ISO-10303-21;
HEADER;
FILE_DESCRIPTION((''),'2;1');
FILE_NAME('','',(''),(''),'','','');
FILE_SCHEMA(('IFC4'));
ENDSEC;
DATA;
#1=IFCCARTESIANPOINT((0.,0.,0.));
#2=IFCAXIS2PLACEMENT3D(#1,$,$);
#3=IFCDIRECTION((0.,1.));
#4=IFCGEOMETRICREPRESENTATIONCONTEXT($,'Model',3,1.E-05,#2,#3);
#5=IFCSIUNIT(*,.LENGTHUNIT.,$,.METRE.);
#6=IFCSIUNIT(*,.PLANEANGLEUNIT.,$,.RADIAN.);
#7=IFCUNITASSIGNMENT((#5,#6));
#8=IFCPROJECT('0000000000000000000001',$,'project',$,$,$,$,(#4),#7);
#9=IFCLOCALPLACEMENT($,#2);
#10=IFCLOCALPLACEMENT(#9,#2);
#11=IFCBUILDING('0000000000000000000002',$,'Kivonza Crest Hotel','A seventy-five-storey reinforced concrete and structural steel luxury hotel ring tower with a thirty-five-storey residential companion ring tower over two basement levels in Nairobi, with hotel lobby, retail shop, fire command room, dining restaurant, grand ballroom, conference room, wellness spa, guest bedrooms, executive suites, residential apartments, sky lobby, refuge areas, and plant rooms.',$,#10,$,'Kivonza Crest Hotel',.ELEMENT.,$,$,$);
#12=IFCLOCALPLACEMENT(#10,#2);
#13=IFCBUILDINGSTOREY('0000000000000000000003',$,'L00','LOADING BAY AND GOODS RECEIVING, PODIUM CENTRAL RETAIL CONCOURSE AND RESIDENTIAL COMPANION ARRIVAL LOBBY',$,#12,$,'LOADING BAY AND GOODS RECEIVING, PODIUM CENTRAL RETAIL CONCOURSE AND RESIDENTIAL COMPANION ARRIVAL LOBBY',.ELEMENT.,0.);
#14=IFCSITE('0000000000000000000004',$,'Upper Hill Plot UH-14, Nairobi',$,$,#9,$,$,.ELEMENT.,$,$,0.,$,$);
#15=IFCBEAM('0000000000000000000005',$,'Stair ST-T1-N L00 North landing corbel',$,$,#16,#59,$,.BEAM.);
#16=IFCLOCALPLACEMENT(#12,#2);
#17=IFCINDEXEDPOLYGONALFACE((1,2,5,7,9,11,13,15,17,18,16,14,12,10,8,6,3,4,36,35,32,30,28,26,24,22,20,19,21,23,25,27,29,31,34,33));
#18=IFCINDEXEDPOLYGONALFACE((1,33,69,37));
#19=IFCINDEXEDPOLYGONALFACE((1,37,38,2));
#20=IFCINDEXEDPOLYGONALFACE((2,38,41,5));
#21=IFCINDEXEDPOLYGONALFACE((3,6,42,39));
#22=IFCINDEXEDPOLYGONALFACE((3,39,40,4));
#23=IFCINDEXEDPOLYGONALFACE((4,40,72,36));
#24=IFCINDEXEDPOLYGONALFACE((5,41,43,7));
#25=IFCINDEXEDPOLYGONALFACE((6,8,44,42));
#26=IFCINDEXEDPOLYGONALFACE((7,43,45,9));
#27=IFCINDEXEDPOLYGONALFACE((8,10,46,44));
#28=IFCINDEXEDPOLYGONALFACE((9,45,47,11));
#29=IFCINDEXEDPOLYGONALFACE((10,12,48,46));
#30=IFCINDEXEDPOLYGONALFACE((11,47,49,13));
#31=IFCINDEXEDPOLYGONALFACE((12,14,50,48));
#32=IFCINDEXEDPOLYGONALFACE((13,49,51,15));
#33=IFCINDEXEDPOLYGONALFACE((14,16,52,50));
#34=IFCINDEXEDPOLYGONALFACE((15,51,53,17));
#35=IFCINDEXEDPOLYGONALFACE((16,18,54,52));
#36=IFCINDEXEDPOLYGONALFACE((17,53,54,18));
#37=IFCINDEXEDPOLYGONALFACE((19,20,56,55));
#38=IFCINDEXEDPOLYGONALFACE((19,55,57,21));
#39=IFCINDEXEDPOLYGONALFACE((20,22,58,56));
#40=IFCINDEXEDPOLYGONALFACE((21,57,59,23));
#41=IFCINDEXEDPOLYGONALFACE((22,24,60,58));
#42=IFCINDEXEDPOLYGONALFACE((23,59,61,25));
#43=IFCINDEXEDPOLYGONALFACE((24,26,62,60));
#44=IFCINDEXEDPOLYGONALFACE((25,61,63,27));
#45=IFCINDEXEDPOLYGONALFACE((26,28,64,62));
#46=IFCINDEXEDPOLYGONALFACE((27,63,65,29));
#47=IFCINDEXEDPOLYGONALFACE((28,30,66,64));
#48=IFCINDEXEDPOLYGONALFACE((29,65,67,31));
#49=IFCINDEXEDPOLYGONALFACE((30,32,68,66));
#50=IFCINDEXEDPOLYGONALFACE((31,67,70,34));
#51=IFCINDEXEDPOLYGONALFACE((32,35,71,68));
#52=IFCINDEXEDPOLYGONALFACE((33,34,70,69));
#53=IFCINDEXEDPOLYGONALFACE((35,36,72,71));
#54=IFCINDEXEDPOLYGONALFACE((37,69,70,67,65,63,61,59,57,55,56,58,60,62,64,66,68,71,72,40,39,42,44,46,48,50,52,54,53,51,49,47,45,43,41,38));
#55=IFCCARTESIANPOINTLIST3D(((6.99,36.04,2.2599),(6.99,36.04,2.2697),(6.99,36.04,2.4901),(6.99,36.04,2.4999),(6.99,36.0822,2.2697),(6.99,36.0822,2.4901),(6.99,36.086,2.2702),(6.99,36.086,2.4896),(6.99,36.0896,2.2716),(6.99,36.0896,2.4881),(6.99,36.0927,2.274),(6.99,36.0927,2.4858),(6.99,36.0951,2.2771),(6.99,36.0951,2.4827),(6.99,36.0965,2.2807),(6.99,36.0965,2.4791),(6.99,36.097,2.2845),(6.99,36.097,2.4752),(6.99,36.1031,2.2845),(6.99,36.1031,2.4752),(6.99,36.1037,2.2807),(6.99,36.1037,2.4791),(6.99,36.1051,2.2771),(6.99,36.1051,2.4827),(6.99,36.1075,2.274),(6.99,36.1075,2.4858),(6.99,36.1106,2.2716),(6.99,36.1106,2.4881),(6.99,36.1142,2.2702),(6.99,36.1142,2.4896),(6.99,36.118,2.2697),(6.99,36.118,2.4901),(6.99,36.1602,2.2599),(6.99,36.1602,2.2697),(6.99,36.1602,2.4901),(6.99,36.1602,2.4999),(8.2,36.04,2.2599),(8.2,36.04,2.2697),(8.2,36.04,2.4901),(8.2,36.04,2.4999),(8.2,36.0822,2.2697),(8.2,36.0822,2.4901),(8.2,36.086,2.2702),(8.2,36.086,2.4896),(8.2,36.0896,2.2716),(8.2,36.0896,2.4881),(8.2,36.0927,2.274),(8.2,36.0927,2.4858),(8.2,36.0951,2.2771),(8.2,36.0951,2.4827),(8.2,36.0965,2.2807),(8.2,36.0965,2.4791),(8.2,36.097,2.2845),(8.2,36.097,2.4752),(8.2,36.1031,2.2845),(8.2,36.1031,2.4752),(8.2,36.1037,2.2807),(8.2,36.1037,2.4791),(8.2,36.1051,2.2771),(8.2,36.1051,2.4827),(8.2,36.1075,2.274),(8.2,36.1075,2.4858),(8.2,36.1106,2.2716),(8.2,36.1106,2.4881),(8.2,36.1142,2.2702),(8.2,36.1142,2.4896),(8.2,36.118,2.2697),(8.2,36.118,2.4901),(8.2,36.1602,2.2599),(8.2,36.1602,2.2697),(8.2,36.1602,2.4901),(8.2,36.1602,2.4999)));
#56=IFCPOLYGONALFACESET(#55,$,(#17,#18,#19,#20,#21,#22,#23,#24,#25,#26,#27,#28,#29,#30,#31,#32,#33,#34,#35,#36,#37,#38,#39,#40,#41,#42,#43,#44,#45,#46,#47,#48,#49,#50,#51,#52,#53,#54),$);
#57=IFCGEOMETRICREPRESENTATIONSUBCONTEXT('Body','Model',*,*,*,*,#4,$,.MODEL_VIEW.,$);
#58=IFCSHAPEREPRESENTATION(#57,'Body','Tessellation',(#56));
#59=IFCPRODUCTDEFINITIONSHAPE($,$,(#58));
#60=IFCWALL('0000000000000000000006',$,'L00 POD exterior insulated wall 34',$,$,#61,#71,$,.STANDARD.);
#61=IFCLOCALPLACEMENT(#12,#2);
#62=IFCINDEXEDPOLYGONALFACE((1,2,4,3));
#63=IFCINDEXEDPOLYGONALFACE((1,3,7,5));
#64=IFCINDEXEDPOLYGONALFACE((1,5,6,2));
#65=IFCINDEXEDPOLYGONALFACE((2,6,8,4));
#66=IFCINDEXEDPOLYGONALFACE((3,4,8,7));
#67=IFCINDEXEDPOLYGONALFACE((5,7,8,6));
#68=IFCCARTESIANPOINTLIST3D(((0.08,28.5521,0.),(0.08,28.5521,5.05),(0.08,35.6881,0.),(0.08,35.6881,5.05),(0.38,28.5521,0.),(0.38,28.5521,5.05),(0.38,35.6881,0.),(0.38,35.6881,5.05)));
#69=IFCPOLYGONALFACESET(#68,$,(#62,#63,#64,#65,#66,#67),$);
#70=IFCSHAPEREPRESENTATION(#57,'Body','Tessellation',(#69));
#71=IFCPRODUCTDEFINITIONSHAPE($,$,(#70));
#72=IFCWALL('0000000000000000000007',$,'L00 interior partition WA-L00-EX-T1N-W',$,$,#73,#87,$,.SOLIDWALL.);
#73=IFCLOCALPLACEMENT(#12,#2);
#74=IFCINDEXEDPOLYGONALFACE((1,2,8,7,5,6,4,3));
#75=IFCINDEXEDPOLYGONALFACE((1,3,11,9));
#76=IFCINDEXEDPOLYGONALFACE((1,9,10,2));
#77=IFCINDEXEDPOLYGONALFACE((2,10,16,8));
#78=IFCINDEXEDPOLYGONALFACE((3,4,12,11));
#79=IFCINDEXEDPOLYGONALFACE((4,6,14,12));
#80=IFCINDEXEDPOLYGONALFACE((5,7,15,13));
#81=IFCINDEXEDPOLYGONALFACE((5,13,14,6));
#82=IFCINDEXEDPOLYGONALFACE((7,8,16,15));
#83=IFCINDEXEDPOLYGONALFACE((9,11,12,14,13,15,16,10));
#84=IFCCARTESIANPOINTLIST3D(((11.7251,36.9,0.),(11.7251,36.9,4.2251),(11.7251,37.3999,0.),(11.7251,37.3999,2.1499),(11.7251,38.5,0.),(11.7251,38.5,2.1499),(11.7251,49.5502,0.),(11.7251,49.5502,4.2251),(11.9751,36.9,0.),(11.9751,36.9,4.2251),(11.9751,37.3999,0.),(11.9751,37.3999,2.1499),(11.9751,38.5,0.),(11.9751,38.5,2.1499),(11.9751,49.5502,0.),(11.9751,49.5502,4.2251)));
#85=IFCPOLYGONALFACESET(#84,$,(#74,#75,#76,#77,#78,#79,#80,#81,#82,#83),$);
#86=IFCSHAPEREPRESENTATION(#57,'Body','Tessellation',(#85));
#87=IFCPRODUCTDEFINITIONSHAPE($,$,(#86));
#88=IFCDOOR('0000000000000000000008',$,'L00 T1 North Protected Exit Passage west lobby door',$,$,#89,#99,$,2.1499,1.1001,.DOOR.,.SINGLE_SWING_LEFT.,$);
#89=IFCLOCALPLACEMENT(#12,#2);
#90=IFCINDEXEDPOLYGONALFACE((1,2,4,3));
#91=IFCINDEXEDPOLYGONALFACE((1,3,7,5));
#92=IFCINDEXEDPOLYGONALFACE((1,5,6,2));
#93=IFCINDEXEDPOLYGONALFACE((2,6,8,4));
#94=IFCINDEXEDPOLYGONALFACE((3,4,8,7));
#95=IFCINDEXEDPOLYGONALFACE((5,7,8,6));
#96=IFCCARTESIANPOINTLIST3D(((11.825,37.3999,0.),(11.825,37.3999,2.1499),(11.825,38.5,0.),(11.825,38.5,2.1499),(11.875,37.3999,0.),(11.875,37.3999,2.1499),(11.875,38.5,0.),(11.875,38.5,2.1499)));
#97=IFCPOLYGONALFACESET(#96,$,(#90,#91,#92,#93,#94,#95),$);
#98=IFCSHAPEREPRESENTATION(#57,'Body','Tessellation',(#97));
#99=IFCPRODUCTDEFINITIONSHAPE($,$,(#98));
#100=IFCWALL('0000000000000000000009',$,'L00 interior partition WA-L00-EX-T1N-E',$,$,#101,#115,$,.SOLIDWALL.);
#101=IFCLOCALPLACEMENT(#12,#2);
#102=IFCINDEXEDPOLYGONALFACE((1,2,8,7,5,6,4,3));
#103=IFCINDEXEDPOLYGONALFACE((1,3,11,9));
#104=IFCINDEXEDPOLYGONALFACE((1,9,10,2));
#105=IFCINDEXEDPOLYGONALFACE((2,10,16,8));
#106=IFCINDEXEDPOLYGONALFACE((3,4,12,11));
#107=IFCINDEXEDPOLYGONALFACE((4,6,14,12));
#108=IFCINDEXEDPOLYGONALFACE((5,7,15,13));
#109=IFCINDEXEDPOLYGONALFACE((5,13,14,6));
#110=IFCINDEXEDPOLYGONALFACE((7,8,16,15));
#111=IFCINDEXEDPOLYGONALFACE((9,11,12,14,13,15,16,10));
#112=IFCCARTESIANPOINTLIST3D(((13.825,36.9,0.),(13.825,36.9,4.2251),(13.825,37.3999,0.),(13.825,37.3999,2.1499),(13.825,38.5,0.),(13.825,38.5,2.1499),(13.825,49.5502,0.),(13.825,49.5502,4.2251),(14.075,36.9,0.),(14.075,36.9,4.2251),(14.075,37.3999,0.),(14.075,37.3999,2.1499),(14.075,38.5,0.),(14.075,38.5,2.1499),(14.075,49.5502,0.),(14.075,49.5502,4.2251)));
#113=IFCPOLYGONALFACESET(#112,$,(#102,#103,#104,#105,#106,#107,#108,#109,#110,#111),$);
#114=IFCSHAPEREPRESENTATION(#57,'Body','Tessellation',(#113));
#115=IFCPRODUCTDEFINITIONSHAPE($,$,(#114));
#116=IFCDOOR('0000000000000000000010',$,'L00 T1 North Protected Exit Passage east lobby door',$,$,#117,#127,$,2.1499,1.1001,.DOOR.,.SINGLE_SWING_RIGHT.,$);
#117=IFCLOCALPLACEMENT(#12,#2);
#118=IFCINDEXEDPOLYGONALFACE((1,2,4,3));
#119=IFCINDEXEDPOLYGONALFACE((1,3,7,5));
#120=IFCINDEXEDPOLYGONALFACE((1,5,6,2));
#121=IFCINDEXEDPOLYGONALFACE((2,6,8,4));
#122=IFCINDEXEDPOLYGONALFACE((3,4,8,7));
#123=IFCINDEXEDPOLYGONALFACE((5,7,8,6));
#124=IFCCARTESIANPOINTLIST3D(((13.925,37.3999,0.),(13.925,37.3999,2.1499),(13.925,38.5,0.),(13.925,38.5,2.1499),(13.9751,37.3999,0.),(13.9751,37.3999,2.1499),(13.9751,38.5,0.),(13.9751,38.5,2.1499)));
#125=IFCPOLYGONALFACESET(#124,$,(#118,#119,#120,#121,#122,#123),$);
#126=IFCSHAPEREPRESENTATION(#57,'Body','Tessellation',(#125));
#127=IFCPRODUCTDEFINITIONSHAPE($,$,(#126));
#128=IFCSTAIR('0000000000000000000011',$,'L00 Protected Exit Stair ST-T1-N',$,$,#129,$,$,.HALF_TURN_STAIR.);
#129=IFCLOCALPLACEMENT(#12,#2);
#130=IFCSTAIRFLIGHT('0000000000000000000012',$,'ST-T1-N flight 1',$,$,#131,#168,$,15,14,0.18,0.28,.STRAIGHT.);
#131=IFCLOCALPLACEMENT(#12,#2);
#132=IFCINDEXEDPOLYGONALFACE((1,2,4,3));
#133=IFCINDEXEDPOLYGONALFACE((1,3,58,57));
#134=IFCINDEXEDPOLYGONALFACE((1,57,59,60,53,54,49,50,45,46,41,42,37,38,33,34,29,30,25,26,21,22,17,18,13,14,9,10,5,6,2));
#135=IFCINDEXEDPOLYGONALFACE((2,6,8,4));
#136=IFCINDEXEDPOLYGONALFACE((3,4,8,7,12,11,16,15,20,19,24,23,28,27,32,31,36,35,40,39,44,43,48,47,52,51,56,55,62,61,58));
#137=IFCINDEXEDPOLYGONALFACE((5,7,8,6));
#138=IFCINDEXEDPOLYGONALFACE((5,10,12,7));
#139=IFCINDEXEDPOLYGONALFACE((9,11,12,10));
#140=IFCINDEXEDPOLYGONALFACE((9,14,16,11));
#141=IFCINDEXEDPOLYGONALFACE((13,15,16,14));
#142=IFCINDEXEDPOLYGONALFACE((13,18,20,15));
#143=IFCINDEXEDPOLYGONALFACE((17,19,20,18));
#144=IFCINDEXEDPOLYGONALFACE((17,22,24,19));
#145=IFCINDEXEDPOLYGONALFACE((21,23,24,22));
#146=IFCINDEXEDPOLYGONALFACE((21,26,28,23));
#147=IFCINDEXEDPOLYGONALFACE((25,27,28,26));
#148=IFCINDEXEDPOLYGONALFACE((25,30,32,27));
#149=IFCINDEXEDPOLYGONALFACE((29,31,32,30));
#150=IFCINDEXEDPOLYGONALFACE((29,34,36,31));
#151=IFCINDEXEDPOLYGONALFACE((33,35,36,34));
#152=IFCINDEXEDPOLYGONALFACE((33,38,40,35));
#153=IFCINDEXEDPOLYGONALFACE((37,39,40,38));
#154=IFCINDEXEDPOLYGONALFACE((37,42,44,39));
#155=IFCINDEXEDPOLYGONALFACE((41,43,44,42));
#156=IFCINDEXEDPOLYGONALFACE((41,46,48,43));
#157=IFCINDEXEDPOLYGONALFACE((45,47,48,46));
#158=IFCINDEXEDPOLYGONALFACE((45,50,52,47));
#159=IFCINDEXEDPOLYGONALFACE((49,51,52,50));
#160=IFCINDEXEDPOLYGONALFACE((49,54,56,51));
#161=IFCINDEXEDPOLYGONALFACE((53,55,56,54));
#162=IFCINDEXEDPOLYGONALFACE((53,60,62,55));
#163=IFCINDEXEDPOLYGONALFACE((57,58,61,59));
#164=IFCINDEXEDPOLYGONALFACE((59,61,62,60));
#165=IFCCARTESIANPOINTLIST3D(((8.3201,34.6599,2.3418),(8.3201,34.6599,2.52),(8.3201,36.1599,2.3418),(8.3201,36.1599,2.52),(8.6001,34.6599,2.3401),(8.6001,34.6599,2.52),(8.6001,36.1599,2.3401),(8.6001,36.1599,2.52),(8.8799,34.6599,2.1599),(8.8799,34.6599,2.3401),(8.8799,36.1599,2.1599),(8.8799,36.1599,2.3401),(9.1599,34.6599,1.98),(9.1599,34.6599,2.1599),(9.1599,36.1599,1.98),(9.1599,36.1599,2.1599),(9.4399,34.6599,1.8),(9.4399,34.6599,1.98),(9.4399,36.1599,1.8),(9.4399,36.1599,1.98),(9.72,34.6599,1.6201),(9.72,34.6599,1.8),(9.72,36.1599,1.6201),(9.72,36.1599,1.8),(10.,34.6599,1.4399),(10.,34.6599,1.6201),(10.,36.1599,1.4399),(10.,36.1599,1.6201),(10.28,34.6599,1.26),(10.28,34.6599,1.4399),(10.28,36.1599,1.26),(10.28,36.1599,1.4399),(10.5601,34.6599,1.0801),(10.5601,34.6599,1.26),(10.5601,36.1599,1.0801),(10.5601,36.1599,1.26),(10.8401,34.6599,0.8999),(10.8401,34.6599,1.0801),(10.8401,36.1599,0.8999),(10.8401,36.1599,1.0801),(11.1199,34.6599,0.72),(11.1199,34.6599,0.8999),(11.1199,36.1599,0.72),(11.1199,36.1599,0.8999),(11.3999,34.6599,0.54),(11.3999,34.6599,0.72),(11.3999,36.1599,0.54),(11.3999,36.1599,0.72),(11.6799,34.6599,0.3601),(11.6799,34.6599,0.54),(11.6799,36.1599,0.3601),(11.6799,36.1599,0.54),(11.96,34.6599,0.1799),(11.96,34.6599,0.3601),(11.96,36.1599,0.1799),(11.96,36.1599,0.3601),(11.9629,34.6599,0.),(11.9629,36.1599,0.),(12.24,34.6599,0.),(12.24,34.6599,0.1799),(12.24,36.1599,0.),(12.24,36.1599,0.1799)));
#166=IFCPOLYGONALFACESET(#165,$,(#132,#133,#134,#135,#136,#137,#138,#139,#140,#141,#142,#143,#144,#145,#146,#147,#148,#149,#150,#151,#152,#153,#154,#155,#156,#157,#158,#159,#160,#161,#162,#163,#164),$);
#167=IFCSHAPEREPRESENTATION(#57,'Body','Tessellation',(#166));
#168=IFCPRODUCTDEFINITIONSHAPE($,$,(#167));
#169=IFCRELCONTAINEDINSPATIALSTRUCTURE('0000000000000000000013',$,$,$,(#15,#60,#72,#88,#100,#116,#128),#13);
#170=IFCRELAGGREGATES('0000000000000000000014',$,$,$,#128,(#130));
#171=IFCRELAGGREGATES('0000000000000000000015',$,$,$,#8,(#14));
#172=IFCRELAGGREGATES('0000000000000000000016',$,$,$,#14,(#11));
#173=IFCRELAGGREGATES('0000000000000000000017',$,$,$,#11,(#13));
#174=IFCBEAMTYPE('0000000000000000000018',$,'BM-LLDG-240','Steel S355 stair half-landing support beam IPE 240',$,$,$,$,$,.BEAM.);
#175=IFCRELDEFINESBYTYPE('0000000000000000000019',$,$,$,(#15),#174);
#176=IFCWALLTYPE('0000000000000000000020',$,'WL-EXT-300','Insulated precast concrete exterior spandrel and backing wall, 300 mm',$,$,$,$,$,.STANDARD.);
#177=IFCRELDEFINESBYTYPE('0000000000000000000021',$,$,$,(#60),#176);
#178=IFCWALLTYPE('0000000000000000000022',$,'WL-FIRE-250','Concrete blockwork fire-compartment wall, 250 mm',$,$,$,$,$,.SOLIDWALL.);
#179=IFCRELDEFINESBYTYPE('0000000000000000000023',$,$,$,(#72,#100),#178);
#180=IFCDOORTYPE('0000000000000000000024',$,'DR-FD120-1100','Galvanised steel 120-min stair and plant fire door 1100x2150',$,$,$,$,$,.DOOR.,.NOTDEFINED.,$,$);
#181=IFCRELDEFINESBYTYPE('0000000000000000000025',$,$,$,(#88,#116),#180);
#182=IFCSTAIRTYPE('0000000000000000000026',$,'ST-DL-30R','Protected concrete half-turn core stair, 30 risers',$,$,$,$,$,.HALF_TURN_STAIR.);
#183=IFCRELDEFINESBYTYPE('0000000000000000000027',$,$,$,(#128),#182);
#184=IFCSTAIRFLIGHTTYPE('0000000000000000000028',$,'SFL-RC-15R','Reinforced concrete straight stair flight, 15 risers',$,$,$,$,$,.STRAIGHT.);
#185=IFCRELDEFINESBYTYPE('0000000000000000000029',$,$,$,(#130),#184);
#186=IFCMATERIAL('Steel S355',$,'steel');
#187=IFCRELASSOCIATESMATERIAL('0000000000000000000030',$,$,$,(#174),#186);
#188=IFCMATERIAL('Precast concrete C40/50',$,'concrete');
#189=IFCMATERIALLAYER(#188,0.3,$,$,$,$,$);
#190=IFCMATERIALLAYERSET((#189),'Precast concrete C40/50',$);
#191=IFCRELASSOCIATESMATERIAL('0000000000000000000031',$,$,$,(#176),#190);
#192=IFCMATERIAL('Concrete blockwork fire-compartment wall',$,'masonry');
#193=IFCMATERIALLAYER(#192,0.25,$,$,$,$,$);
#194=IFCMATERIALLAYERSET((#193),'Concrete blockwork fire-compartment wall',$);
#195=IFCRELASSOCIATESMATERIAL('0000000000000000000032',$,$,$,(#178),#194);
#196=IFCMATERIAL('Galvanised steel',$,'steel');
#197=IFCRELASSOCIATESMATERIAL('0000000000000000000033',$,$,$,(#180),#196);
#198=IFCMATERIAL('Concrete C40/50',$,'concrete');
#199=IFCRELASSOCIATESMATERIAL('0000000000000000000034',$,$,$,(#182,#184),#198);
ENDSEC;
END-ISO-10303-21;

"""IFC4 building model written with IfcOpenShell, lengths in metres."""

from ifc_helpers import new_model, si_unit, direction, frame, frame_2d, origin, origin_2d, place, context, subcontext, project, spatial, polyline, rectangle, i_section, outline, extrude, material, layer, layer_set, material_profile, profile_set, type_object, element, fill, aggregate, save


model = new_model("IFC4")

# Units and contexts
model_context = context("Model", 3, precision=1e-05, world=origin(), true_north=direction((0.0, 1.0)))
body_context = subcontext(model_context, "Body", "Model", "MODEL_VIEW")
ifc_project = project(units=[si_unit("LENGTHUNIT", "METRE"), si_unit("PLANEANGLEUNIT", "RADIAN")], contexts=[model_context])

# Site, building, storey
site_placement = place(None, origin())
site = spatial("IfcSite", under=ifc_project, at=site_placement, Name="Upper Hill Plot UH-14, Nairobi", CompositionType="ELEMENT", RefElevation=0.0)
building_placement = place(site_placement, origin())
building = spatial("IfcBuilding", under=site, at=building_placement, Name="Kivonza Crest Hotel", Description="A seventy-five-storey reinforced concrete and structural steel luxury hotel ring tower with a thirty-five-storey residential companion ring tower over two basement levels in Nairobi, with hotel lobby, retail shop, fire command room, dining restaurant, grand ballroom, conference room, wellness spa, guest bedrooms, executive suites, residential apartments, sky lobby, refuge areas, and plant rooms.", LongName="Kivonza Crest Hotel", CompositionType="ELEMENT")
storey_placement = place(building_placement, origin())
storey = spatial("IfcBuildingStorey", under=building, at=storey_placement, Name="L00", Description="LOADING BAY AND GOODS RECEIVING, PODIUM CENTRAL RETAIL CONCOURSE AND RESIDENTIAL COMPANION ARRIVAL LOBBY", LongName="LOADING BAY AND GOODS RECEIVING, PODIUM CENTRAL RETAIL CONCOURSE AND RESIDENTIAL COMPANION ARRIVAL LOBBY", CompositionType="ELEMENT", Elevation=0.0)

# Beam
ifc_material_1 = material(Name="Steel S355", Category="steel")
ifc_material_profile_1 = material_profile(ifc_material_1, i_section(OverallWidth=0.1201, OverallDepth=0.24, WebThickness=0.0061, FlangeThickness=0.0098, FilletRadius=0.0149, at=origin_2d()), Name="IPE 240")
ifc_profile_set_1 = profile_set([ifc_material_profile_1], Name="Steel S355")
beam_type_1 = type_object("IfcBeamType", Name="BM-LLDG-240", Description="Steel S355 stair half-landing support beam IPE 240", PredefinedType="BEAM", material=ifc_profile_set_1)
for number, where, z_axis, x_axis, name in (
    (1, (6.99, 36.1001, 2.3799), (1.0, 0.0, 0.0), (0.0, 1.0, 0.0), "Stair ST-T1-N L00 North landing corbel"),
):
    element("IfcBeam", number, at=place(storey_placement, frame(where, z_axis=z_axis, x_axis=x_axis)), inside=storey, type_object=beam_type_1, Name=name, PredefinedType="BEAM", context=body_context, shape_type="SweptSolid", body=[
        extrude(i_section(OverallWidth=0.1201, OverallDepth=0.24, WebThickness=0.0061, FlangeThickness=0.0098, FilletRadius=0.0149, at=origin_2d()), origin(), (0.0, 0.0, 1.0), 1.21),
    ])

# Shared definitions
ifc_material_2 = material(Name="Galvanised steel", Category="steel")

# Wall
ifc_material_3 = material(Name="Precast concrete C40/50", Category="concrete")
ifc_layer_1 = layer(ifc_material_3, 0.3)
ifc_layer_set_1 = layer_set([ifc_layer_1], Name="Precast concrete C40/50")
wall_type_1 = type_object("IfcWallType", Name="WL-EXT-300", Description="Insulated precast concrete exterior spandrel and backing wall, 300 mm", PredefinedType="STANDARD", material=ifc_layer_set_1)
wall_1_placement = place(storey_placement, frame((0.23, 35.688, 0.0), z_axis=(0.0, 0.0, 1.0), x_axis=(0.0, -1.0, 0.0)))
element("IfcWall", 2, at=wall_1_placement, inside=storey, type_object=wall_type_1, Name="L00 POD exterior insulated wall 34", PredefinedType="STANDARD", context=body_context, shape_type="SweptSolid", body=[
    extrude(rectangle(XDim=7.136, YDim=0.3, at=frame_2d((3.5679, 0.0))), origin(), (0.0, 0.0, 1.0), 5.05),
])

# Walls, openings, doors
ifc_material_4 = material(Name="Concrete blockwork fire-compartment wall", Category="masonry")
ifc_layer_2 = layer(ifc_material_4, 0.25)
ifc_layer_set_2 = layer_set([ifc_layer_2], Name="Concrete blockwork fire-compartment wall")
wall_type_2 = type_object("IfcWallType", Name="WL-FIRE-250", Description="Concrete blockwork fire-compartment wall, 250 mm", PredefinedType="SOLIDWALL", material=ifc_layer_set_2)
wall_2_placement = place(storey_placement, frame((11.8501, 36.8999, 0.0), z_axis=(0.0, 0.0, 1.0), x_axis=(0.0, 1.0, 0.0)))
wall_2 = element("IfcWall", 3, at=wall_2_placement, inside=storey, type_object=wall_type_2, Name="L00 interior partition WA-L00-EX-T1N-W", PredefinedType="SOLIDWALL", context=body_context, shape_type="SweptSolid", body=[
    extrude(rectangle(XDim=12.6501, YDim=0.25, at=frame_2d((6.3252, 0.0))), origin(), (0.0, 0.0, 1.0), 4.2251),
])
opening_1_placement = place(wall_2_placement, frame((0.5, 0.0, 0.0)))
opening_1 = element("IfcOpeningElement", 4, at=opening_1_placement, cuts=wall_2, PredefinedType="OPENING", context=body_context, shape_type="SweptSolid", body=[
    extrude(rectangle(XDim=1.1001, YDim=2.1499, at=frame_2d((0.55, 1.075))), frame((0.0, 0.135, 0.0), z_axis=(0.0, -1.0, 0.0), x_axis=(1.0, 0.0, 0.0)), (0.0, 0.0, 1.0), 0.27),
])
door_type_1 = type_object("IfcDoorType", Name="DR-FD120-1100", Description="Galvanised steel 120-min stair and plant fire door 1100x2150", OperationType="NOTDEFINED", PredefinedType="DOOR", material=ifc_material_2)
door_1_placement = place(opening_1_placement, frame((1.1001, 0.0, 0.0), z_axis=(0.0, 0.0, 1.0), x_axis=(-1.0, 0.0, 0.0)))
door_1 = element("IfcDoor", 5, at=door_1_placement, inside=storey, type_object=door_type_1, Name="L00 T1 North Protected Exit Passage west lobby door", OperationType="SINGLE_SWING_LEFT", OverallHeight=2.1499, OverallWidth=1.1001, PredefinedType="DOOR", context=body_context, shape_type="SweptSolid", body=[
    extrude(rectangle(XDim=1.1001, YDim=2.1499, at=frame_2d((0.55, 1.075))), frame((0.0, 0.0249, 0.0), z_axis=(0.0, -1.0, 0.0), x_axis=(1.0, 0.0, 0.0)), (0.0, 0.0, 1.0), 0.05),
])
fill(opening_1, door_1)
wall_3_placement = place(storey_placement, frame((13.95, 36.8999, 0.0), z_axis=(0.0, 0.0, 1.0), x_axis=(0.0, 1.0, 0.0)))
wall_3 = element("IfcWall", 6, at=wall_3_placement, inside=storey, type_object=wall_type_2, Name="L00 interior partition WA-L00-EX-T1N-E", PredefinedType="SOLIDWALL", context=body_context, shape_type="SweptSolid", body=[
    extrude(rectangle(XDim=12.6501, YDim=0.25, at=frame_2d((6.3252, 0.0))), origin(), (0.0, 0.0, 1.0), 4.2251),
])
opening_2_placement = place(wall_3_placement, frame((0.5, 0.0, 0.0)))
opening_2 = element("IfcOpeningElement", 7, at=opening_2_placement, cuts=wall_3, PredefinedType="OPENING", context=body_context, shape_type="SweptSolid", body=[
    extrude(rectangle(XDim=1.1001, YDim=2.1499, at=frame_2d((0.55, 1.075))), frame((0.0, 0.135, 0.0), z_axis=(0.0, -1.0, 0.0), x_axis=(1.0, 0.0, 0.0)), (0.0, 0.0, 1.0), 0.27),
])
door_2_placement = place(opening_2_placement, origin())
door_2 = element("IfcDoor", 8, at=door_2_placement, inside=storey, type_object=door_type_1, Name="L00 T1 North Protected Exit Passage east lobby door", OperationType="SINGLE_SWING_RIGHT", OverallHeight=2.1499, OverallWidth=1.1001, PredefinedType="DOOR", context=body_context, shape_type="SweptSolid", body=[
    extrude(rectangle(XDim=1.1001, YDim=2.1499, at=frame_2d((0.55, 1.075))), frame((0.0, 0.0249, 0.0), z_axis=(0.0, -1.0, 0.0), x_axis=(1.0, 0.0, 0.0)), (0.0, 0.0, 1.0), 0.05),
])
fill(opening_2, door_2)

# Stair, stair flight
ifc_material_5 = material(Name="Concrete C40/50", Category="concrete")
stair_type = type_object("IfcStairType", Name="ST-DL-30R", Description="Protected concrete half-turn core stair, 30 risers", PredefinedType="HALF_TURN_STAIR", material=ifc_material_5)
stair_placement = place(storey_placement, origin())
stair = element("IfcStair", 9, at=stair_placement, inside=storey, type_object=stair_type, Name="L00 Protected Exit Stair ST-T1-N", PredefinedType="HALF_TURN_STAIR")
stair_flight_type = type_object("IfcStairFlightType", Name="SFL-RC-15R", Description="Reinforced concrete straight stair flight, 15 risers", PredefinedType="STRAIGHT", material=ifc_material_5)
stair_flight_1_placement = place(storey_placement, frame((12.24, 35.4099, 0.0), z_axis=(0.0, 0.0, 1.0), x_axis=(-1.0, 0.0, 0.0)))
stair_flight_1 = element("IfcStairFlight", 10, at=stair_flight_1_placement, type_object=stair_flight_type, Name="ST-T1-N flight 1", NumberOfRisers=15, NumberOfTreads=14, PredefinedType="STRAIGHT", RiserHeight=0.18, TreadLength=0.28, context=body_context, shape_type="SweptSolid", body=[
    extrude(outline(polyline([(0.0, 0.0), (0.0, 0.1799), (0.28, 0.1799), (0.28, 0.3601), (0.5601, 0.3601), (0.5601, 0.54), (0.8401, 0.54), (0.8401, 0.72), (1.1201, 0.72), (1.1201, 0.8999), (1.3999, 0.8999), (1.3999, 1.0801), (1.6799, 1.0801), (1.6799, 1.26), (1.96, 1.26), (1.96, 1.4399), (2.24, 1.4399), (2.24, 1.6201), (2.52, 1.6201), (2.52, 1.8), (2.8, 1.8), (2.8, 1.98), (3.0801, 1.98), (3.0801, 2.1599), (3.3601, 2.1599), (3.3601, 2.3401), (3.6399, 2.3401), (3.6399, 2.52), (3.9199, 2.52), (3.9199, 2.7), (3.9199, 2.3418), (0.2771, 0.0), (0.0, 0.0)])), frame((0.0, 0.75, 0.0), z_axis=(0.0, -1.0, 0.0), x_axis=(1.0, 0.0, 0.0)), (0.0, 0.0, 1.0), 1.5),
])
aggregate(stair, [stair_flight_1])

save(model, "model.ifc")
